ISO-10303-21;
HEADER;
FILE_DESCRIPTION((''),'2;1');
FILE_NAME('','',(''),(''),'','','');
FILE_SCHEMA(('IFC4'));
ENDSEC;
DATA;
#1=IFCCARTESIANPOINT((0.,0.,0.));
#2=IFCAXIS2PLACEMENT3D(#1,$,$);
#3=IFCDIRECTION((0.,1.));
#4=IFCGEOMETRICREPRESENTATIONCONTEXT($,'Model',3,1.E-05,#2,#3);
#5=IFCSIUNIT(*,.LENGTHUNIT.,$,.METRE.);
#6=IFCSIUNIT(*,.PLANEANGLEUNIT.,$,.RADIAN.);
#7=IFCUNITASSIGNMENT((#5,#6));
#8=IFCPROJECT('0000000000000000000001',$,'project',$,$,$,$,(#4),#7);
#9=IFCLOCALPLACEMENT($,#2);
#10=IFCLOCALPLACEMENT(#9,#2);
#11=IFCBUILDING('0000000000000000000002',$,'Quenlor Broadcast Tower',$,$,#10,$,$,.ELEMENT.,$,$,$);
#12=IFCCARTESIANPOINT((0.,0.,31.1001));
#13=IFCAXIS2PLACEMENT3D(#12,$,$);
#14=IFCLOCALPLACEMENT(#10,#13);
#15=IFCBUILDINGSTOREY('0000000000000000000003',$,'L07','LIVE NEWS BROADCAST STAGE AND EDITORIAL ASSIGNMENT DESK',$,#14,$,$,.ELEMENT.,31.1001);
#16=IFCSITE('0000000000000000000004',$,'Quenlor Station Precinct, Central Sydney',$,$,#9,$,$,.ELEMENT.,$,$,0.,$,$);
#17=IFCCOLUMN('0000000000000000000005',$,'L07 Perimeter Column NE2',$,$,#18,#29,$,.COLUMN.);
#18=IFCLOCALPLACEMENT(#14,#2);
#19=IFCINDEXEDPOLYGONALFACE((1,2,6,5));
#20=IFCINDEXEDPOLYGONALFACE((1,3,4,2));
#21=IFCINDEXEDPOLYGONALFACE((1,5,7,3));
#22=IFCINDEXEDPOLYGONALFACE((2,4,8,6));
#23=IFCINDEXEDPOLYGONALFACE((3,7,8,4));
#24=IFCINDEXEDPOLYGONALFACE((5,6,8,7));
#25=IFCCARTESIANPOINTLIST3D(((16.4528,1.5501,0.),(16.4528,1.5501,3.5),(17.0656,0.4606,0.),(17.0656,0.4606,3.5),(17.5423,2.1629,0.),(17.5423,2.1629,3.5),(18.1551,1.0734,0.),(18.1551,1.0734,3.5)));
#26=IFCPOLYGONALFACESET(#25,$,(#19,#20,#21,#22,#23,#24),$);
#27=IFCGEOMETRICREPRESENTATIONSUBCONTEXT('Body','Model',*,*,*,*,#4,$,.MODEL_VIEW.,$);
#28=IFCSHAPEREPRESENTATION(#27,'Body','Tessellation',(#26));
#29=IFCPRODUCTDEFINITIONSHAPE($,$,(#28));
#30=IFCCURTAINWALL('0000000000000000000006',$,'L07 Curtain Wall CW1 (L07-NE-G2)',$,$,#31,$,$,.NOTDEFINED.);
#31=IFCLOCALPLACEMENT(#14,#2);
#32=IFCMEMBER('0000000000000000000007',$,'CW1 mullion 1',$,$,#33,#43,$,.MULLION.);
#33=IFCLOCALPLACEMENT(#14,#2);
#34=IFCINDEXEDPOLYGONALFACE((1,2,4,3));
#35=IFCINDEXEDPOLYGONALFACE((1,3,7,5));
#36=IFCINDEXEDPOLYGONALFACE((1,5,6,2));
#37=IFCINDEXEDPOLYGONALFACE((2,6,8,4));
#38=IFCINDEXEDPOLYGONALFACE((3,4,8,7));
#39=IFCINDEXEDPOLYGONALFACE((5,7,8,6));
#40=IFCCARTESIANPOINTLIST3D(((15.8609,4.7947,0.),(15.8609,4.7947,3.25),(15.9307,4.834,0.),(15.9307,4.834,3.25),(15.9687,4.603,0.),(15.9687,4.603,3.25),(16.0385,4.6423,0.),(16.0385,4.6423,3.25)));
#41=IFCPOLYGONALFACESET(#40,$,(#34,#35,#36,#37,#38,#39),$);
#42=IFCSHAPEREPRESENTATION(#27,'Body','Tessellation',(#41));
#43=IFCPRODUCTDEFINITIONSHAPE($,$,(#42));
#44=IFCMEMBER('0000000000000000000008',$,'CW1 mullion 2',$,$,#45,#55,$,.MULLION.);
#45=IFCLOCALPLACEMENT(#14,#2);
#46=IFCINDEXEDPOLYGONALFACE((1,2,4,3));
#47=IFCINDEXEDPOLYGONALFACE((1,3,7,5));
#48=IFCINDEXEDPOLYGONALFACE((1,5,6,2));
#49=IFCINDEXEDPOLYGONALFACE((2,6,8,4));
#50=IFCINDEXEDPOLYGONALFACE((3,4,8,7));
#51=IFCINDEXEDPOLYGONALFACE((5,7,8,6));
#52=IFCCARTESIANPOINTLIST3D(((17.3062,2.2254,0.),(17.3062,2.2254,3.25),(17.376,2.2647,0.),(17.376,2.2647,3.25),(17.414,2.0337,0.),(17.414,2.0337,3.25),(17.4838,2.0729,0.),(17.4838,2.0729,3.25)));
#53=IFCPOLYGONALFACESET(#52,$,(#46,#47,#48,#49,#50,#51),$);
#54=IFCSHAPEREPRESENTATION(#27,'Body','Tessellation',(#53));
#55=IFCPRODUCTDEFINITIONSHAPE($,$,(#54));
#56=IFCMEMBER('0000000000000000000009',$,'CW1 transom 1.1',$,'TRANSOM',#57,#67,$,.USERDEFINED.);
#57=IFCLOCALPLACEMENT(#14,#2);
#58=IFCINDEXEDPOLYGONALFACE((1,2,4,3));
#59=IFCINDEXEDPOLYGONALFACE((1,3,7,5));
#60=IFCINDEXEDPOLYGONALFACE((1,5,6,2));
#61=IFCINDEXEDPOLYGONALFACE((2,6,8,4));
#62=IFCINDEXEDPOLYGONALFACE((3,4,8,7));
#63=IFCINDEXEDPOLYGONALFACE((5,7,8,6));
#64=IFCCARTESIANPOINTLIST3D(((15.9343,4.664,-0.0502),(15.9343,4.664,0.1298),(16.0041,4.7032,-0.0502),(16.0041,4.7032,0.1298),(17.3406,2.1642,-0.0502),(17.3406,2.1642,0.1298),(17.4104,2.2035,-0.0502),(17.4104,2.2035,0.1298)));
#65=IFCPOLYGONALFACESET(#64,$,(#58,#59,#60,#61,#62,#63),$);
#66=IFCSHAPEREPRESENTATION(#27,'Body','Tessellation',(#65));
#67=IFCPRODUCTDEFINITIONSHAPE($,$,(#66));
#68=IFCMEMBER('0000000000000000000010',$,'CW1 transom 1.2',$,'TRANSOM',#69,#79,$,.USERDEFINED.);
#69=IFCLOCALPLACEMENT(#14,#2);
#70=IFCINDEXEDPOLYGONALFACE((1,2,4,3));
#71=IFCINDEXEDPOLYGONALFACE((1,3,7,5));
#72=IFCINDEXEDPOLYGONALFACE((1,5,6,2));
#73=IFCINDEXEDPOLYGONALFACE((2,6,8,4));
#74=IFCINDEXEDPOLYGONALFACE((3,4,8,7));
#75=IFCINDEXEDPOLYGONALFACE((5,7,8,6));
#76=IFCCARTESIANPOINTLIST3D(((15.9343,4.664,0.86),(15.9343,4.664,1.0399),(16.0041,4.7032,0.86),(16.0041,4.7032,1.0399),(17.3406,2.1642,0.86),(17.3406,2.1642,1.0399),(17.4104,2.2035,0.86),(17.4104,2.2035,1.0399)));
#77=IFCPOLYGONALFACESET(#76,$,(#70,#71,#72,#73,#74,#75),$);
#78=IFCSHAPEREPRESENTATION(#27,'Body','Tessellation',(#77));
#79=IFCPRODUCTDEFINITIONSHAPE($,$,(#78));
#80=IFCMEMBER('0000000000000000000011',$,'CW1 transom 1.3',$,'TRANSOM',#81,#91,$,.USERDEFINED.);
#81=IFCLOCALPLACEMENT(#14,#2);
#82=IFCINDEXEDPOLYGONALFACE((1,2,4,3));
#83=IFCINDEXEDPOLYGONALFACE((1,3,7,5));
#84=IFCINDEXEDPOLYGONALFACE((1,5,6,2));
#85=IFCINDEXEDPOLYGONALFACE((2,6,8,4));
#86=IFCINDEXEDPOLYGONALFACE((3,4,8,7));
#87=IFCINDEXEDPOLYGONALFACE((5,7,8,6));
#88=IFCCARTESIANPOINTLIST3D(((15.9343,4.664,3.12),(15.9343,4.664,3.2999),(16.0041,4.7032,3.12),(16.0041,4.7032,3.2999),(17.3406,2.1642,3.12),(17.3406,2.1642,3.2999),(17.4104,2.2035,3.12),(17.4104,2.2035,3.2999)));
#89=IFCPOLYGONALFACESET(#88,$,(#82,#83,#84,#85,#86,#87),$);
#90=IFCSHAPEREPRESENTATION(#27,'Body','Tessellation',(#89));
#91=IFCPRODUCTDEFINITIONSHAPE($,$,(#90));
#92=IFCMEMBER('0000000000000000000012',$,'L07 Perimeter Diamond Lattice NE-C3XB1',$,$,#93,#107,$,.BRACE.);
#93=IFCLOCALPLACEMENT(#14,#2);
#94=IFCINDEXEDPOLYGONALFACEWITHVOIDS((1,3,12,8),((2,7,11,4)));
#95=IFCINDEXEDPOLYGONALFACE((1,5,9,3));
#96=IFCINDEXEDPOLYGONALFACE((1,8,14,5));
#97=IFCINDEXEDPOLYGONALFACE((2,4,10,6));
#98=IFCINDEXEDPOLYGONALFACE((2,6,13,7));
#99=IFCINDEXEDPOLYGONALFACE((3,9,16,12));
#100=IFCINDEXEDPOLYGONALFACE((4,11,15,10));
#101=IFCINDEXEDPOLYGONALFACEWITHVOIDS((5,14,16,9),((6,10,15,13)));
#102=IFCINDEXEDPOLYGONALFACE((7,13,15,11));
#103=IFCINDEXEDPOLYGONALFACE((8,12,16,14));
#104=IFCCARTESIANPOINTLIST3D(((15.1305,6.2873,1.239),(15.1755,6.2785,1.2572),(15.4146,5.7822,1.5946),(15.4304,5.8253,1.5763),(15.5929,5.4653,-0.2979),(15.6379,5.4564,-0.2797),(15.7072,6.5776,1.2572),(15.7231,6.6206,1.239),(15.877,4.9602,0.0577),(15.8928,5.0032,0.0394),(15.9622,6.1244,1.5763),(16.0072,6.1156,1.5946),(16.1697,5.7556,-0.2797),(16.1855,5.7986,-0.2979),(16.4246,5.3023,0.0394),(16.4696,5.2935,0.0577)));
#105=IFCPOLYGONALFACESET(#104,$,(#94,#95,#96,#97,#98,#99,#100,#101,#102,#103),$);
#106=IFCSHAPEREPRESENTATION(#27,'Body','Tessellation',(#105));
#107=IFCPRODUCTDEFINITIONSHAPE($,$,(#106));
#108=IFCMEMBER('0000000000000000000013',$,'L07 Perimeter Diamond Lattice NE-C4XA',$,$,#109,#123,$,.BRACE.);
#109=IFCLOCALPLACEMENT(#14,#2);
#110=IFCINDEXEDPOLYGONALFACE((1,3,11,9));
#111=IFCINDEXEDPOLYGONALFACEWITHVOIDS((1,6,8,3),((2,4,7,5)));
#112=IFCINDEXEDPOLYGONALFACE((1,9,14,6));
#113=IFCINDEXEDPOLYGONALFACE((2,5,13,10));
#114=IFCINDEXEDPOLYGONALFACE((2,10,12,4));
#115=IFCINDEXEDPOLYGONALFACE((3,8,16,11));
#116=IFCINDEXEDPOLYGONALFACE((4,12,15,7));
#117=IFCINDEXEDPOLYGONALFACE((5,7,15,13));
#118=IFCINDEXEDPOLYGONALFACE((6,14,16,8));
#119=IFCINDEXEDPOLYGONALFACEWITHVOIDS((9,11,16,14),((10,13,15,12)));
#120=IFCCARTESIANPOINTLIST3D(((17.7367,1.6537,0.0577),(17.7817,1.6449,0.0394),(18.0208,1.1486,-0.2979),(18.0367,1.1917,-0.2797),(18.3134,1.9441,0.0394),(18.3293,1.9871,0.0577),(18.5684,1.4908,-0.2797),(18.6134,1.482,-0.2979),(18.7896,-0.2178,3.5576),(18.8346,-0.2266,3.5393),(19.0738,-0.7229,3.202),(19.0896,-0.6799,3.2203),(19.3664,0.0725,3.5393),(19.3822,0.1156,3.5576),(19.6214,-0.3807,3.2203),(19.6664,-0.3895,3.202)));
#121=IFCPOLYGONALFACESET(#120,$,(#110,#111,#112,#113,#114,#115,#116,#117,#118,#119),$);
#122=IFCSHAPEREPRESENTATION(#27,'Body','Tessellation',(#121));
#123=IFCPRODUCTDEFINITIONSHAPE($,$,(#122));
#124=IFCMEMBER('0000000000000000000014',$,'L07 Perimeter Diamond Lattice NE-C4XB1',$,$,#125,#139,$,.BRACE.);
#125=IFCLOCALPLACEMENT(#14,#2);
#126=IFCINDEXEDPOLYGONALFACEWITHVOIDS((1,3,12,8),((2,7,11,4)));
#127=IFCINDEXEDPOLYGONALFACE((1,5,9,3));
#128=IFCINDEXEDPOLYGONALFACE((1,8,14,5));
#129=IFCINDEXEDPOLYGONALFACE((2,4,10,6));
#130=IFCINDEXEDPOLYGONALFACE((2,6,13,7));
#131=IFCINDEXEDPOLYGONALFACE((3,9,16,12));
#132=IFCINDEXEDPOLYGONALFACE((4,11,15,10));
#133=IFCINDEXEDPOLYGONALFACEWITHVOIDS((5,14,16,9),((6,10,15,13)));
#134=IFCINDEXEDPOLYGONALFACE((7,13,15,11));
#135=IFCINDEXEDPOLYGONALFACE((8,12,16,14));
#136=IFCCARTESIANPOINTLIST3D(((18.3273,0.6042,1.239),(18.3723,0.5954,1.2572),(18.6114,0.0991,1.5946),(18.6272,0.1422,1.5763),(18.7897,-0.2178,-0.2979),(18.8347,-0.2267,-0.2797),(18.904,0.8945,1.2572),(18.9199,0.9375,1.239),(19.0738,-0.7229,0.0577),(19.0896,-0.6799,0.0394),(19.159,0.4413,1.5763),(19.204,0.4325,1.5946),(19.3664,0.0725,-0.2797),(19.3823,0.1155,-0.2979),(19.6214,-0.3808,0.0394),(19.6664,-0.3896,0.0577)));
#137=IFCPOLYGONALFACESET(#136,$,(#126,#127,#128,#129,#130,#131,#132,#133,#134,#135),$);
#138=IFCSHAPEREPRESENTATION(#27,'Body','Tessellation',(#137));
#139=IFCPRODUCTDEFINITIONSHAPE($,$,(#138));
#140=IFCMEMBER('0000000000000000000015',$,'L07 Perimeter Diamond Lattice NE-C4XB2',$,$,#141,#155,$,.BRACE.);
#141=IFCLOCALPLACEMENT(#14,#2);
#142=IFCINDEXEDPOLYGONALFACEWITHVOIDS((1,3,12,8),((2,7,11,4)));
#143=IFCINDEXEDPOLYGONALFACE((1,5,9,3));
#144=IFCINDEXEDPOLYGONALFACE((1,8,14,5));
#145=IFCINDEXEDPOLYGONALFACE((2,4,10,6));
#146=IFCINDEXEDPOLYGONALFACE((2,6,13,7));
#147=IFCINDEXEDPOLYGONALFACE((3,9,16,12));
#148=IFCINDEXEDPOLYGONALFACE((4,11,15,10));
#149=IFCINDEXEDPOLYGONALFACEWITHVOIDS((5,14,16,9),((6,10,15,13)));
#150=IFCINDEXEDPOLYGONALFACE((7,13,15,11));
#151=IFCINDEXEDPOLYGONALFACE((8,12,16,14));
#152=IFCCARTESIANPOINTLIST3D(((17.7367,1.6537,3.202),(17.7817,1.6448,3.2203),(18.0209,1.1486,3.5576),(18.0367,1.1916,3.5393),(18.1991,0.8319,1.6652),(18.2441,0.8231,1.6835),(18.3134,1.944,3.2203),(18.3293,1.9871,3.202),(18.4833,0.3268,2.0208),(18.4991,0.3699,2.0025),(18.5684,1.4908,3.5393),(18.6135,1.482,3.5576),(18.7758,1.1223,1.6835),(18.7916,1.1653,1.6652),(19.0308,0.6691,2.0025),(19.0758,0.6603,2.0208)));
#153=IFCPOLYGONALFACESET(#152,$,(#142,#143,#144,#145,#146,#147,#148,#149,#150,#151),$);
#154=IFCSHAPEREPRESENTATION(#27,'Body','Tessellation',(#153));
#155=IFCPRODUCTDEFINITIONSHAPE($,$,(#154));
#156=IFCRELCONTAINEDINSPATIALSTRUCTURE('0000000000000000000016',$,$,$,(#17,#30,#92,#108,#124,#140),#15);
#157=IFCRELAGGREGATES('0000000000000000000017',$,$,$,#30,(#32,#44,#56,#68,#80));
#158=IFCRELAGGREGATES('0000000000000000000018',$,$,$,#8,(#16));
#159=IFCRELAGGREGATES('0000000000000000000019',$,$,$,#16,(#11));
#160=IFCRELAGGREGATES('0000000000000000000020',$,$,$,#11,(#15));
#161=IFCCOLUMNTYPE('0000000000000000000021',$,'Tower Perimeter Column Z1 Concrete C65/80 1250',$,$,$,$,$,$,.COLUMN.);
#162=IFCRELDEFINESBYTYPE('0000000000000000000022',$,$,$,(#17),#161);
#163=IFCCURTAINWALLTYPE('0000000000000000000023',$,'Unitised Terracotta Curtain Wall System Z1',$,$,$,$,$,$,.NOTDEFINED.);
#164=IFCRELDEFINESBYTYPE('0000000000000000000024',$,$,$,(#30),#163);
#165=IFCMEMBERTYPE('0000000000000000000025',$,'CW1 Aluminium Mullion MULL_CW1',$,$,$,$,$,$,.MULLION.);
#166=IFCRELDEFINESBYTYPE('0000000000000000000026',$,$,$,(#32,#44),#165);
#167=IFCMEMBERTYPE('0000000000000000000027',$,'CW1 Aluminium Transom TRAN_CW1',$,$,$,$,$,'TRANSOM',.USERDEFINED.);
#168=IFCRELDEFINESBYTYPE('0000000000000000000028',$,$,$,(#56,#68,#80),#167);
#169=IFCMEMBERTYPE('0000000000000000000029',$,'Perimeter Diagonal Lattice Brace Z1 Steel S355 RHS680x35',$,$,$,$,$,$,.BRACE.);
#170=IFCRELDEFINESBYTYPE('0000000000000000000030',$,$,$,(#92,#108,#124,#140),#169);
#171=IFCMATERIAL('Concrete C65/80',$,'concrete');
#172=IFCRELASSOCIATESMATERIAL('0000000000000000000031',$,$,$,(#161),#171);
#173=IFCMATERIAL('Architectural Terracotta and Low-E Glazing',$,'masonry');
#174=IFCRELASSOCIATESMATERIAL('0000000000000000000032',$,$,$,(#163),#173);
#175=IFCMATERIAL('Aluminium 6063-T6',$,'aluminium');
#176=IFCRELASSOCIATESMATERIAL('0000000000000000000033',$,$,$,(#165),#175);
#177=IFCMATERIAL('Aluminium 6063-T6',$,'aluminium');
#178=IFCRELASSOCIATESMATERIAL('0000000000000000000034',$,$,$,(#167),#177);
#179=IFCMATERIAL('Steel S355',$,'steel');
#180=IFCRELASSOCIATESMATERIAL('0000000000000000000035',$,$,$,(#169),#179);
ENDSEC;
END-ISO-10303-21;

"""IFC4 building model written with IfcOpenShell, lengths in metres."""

from ifc_helpers import new_model, si_unit, direction, frame, origin, origin_2d, place, context, subcontext, project, spatial, rectangle, hollow_rectangle, extrude, material, material_profile, profile_set, type_object, element, aggregate, save


model = new_model("IFC4")

# Units and contexts
model_context = context("Model", 3, precision=1e-05, world=origin(), true_north=direction((0.0, 1.0)))
body_context = subcontext(model_context, "Body", "Model", "MODEL_VIEW")
ifc_project = project(units=[si_unit("LENGTHUNIT", "METRE"), si_unit("PLANEANGLEUNIT", "RADIAN")], contexts=[model_context])

# Site, building, storey
site_placement = place(None, origin())
site = spatial("IfcSite", under=ifc_project, at=site_placement, Name="Quenlor Station Precinct, Central Sydney", CompositionType="ELEMENT", RefElevation=0.0)
building_placement = place(site_placement, origin())
building = spatial("IfcBuilding", under=site, at=building_placement, Name="Quenlor Broadcast Tower", CompositionType="ELEMENT")
storey_placement = place(building_placement, frame((0.0, 0.0, 31.1001)))
storey = spatial("IfcBuildingStorey", under=building, at=storey_placement, Name="L07", Description="LIVE NEWS BROADCAST STAGE AND EDITORIAL ASSIGNMENT DESK", CompositionType="ELEMENT", Elevation=31.1001)

# Column
ifc_material_1 = material(Name="Concrete C65/80", Category="concrete")
ifc_material_profile_1 = material_profile(ifc_material_1, rectangle(XDim=1.25, YDim=1.25, at=origin_2d()))
ifc_profile_set_1 = profile_set([ifc_material_profile_1], Name="Concrete C65/80 RC1250x1250")
column_type = type_object("IfcColumnType", Name="Tower Perimeter Column Z1 Concrete C65/80 1250", PredefinedType="COLUMN", material=ifc_profile_set_1)
column_placement = place(storey_placement, frame((17.304, 1.3118, 0.0), z_axis=(0.0, 0.0, 1.0), x_axis=(0.871575, 0.490262, 0.0)))
element("IfcColumn", 1, at=column_placement, inside=storey, type_object=column_type, Name="L07 Perimeter Column NE2", PredefinedType="COLUMN", context=body_context, shape_type="SweptSolid", body=[
    extrude(rectangle(XDim=1.25, YDim=1.25, at=origin_2d()), origin(), (0.0, 0.0, 1.0), 3.5),
])

# Curtain wall, members
ifc_material_2 = material(Name="Architectural Terracotta and Low-E Glazing", Category="masonry")
curtain_wall_type = type_object("IfcCurtainWallType", Name="Unitised Terracotta Curtain Wall System Z1", PredefinedType="NOTDEFINED", material=ifc_material_2)
curtain_wall_placement = place(storey_placement, origin())
curtain_wall = element("IfcCurtainWall", 2, at=curtain_wall_placement, inside=storey, type_object=curtain_wall_type, Name="L07 Curtain Wall CW1 (L07-NE-G2)", PredefinedType="NOTDEFINED")
ifc_material_3 = material(Name="Aluminium 6063-T6", Category="aluminium")
ifc_material_profile_2 = material_profile(ifc_material_3, rectangle(XDim=0.0801, YDim=0.22, at=origin_2d()))
ifc_profile_set_2 = profile_set([ifc_material_profile_2], Name="Aluminium 6063-T6 MULL80x220")
member_type_1 = type_object("IfcMemberType", Name="CW1 Aluminium Mullion MULL_CW1", PredefinedType="MULLION", material=ifc_profile_set_2)
member_1_placement = place(storey_placement, frame((15.9497, 4.7185, 0.0), z_axis=(0.0, 0.0, 1.0), x_axis=(0.871568, 0.490274, 0.0)))
member_1 = element("IfcMember", 3, at=member_1_placement, type_object=member_type_1, Name="CW1 mullion 1", PredefinedType="MULLION", context=body_context, shape_type="SweptSolid", body=[
    extrude(rectangle(XDim=0.0801, YDim=0.22, at=origin_2d()), origin(), (0.0, 0.0, 1.0), 3.25),
])
member_2_placement = place(storey_placement, frame((17.395, 2.1492, 0.0), z_axis=(0.0, 0.0, 1.0), x_axis=(0.871568, 0.490274, 0.0)))
member_2 = element("IfcMember", 4, at=member_2_placement, type_object=member_type_1, Name="CW1 mullion 2", PredefinedType="MULLION", context=body_context, shape_type="SweptSolid", body=[
    extrude(rectangle(XDim=0.0801, YDim=0.22, at=origin_2d()), origin(), (0.0, 0.0, 1.0), 3.25),
])
ifc_material_4 = material(Name="Aluminium 6063-T6", Category="aluminium")
ifc_material_profile_3 = material_profile(ifc_material_4, rectangle(XDim=0.0801, YDim=0.1799, at=origin_2d()))
ifc_profile_set_3 = profile_set([ifc_material_profile_3], Name="Aluminium 6063-T6 TRAN80x180")
member_type_2 = type_object("IfcMemberType", Name="CW1 Aluminium Transom TRAN_CW1", ElementType="TRANSOM", PredefinedType="USERDEFINED", material=ifc_profile_set_3)
member_3_placement = place(storey_placement, frame((15.9692, 4.6836, 0.0398), z_axis=(0.490298, -0.871555, 0.0), x_axis=(0.871555, 0.490298, 0.0)))
member_3 = element("IfcMember", 5, at=member_3_placement, type_object=member_type_2, Name="CW1 transom 1.1", ObjectType="TRANSOM", PredefinedType="USERDEFINED", context=body_context, shape_type="SweptSolid", body=[
    extrude(rectangle(XDim=0.0801, YDim=0.1799, at=origin_2d()), origin(), (0.0, 0.0, 1.0), 2.8682),
])
member_4_placement = place(storey_placement, frame((15.9692, 4.6836, 0.95), z_axis=(0.490298, -0.871555, 0.0), x_axis=(0.871555, 0.490298, 0.0)))
member_4 = element("IfcMember", 6, at=member_4_placement, type_object=member_type_2, Name="CW1 transom 1.2", ObjectType="TRANSOM", PredefinedType="USERDEFINED", context=body_context, shape_type="SweptSolid", body=[
    extrude(rectangle(XDim=0.0801, YDim=0.1799, at=origin_2d()), origin(), (0.0, 0.0, 1.0), 2.8682),
])
member_5_placement = place(storey_placement, frame((15.9692, 4.6836, 3.21), z_axis=(0.490298, -0.871555, 0.0), x_axis=(0.871555, 0.490298, 0.0)))
member_5 = element("IfcMember", 7, at=member_5_placement, type_object=member_type_2, Name="CW1 transom 1.3", ObjectType="TRANSOM", PredefinedType="USERDEFINED", context=body_context, shape_type="SweptSolid", body=[
    extrude(rectangle(XDim=0.0801, YDim=0.1799, at=origin_2d()), origin(), (0.0, 0.0, 1.0), 2.8682),
])

# Members
ifc_material_5 = material(Name="Steel S355", Category="steel")
ifc_material_profile_4 = material_profile(ifc_material_5, hollow_rectangle(XDim=0.6799, YDim=0.6799, WallThickness=0.0349, at=origin_2d()))
ifc_profile_set_4 = profile_set([ifc_material_profile_4], Name="Steel S355 RHS680x680x35")
member_type_3 = type_object("IfcMemberType", Name="Perimeter Diagonal Lattice Brace Z1 Steel S355 RHS680x35", PredefinedType="BRACE", material=ifc_profile_set_4)
member_6_placement = place(storey_placement, frame((16.0312, 5.3794, -0.1201), z_axis=(-0.256436, 0.455871, 0.852304), x_axis=(-0.871569, -0.490274, 0.0)))
element("IfcMember", 8, at=member_6_placement, inside=storey, type_object=member_type_3, Name="L07 Perimeter Diamond Lattice NE-C3XB1", PredefinedType="BRACE", context=body_context, shape_type="SweptSolid", body=[
    extrude(hollow_rectangle(XDim=0.6799, YDim=0.6799, WallThickness=0.0349, at=origin_2d()), origin(), (0.0, 0.0, 1.0), 1.8032),
])
member_7_placement = place(storey_placement, frame((18.175, 1.5679, -0.1201), z_axis=(0.256431, -0.455785, 0.852352), x_axis=(0.871533, 0.490337, 0.0)))
element("IfcMember", 9, at=member_7_placement, inside=storey, type_object=member_type_3, Name="L07 Perimeter Diamond Lattice NE-C4XA", PredefinedType="BRACE", context=body_context, shape_type="SweptSolid", body=[
    extrude(hollow_rectangle(XDim=0.6799, YDim=0.6799, WallThickness=0.0349, at=origin_2d()), origin(), (0.0, 0.0, 1.0), 4.1062),
])
member_8_placement = place(storey_placement, frame((19.228, -0.3037, -0.1201), z_axis=(-0.256436, 0.455871, 0.852304), x_axis=(-0.871569, -0.490274, 0.0)))
element("IfcMember", 10, at=member_8_placement, inside=storey, type_object=member_type_3, Name="L07 Perimeter Diamond Lattice NE-C4XB1", PredefinedType="BRACE", context=body_context, shape_type="SweptSolid", body=[
    extrude(hollow_rectangle(XDim=0.6799, YDim=0.6799, WallThickness=0.0349, at=origin_2d()), origin(), (0.0, 0.0, 1.0), 1.8032),
])
member_9_placement = place(storey_placement, frame((18.6375, 0.7461, 1.843), z_axis=(-0.256452, 0.455764, 0.852357), x_axis=(-0.871506, -0.490384, 0.0)))
element("IfcMember", 11, at=member_9_placement, inside=storey, type_object=member_type_3, Name="L07 Perimeter Diamond Lattice NE-C4XB2", PredefinedType="BRACE", context=body_context, shape_type="SweptSolid", body=[
    extrude(hollow_rectangle(XDim=0.6799, YDim=0.6799, WallThickness=0.0349, at=origin_2d()), origin(), (0.0, 0.0, 1.0), 1.803),
])

aggregate(curtain_wall, [member_1, member_2, member_3, member_4, member_5])

save(model, "model.ifc")
